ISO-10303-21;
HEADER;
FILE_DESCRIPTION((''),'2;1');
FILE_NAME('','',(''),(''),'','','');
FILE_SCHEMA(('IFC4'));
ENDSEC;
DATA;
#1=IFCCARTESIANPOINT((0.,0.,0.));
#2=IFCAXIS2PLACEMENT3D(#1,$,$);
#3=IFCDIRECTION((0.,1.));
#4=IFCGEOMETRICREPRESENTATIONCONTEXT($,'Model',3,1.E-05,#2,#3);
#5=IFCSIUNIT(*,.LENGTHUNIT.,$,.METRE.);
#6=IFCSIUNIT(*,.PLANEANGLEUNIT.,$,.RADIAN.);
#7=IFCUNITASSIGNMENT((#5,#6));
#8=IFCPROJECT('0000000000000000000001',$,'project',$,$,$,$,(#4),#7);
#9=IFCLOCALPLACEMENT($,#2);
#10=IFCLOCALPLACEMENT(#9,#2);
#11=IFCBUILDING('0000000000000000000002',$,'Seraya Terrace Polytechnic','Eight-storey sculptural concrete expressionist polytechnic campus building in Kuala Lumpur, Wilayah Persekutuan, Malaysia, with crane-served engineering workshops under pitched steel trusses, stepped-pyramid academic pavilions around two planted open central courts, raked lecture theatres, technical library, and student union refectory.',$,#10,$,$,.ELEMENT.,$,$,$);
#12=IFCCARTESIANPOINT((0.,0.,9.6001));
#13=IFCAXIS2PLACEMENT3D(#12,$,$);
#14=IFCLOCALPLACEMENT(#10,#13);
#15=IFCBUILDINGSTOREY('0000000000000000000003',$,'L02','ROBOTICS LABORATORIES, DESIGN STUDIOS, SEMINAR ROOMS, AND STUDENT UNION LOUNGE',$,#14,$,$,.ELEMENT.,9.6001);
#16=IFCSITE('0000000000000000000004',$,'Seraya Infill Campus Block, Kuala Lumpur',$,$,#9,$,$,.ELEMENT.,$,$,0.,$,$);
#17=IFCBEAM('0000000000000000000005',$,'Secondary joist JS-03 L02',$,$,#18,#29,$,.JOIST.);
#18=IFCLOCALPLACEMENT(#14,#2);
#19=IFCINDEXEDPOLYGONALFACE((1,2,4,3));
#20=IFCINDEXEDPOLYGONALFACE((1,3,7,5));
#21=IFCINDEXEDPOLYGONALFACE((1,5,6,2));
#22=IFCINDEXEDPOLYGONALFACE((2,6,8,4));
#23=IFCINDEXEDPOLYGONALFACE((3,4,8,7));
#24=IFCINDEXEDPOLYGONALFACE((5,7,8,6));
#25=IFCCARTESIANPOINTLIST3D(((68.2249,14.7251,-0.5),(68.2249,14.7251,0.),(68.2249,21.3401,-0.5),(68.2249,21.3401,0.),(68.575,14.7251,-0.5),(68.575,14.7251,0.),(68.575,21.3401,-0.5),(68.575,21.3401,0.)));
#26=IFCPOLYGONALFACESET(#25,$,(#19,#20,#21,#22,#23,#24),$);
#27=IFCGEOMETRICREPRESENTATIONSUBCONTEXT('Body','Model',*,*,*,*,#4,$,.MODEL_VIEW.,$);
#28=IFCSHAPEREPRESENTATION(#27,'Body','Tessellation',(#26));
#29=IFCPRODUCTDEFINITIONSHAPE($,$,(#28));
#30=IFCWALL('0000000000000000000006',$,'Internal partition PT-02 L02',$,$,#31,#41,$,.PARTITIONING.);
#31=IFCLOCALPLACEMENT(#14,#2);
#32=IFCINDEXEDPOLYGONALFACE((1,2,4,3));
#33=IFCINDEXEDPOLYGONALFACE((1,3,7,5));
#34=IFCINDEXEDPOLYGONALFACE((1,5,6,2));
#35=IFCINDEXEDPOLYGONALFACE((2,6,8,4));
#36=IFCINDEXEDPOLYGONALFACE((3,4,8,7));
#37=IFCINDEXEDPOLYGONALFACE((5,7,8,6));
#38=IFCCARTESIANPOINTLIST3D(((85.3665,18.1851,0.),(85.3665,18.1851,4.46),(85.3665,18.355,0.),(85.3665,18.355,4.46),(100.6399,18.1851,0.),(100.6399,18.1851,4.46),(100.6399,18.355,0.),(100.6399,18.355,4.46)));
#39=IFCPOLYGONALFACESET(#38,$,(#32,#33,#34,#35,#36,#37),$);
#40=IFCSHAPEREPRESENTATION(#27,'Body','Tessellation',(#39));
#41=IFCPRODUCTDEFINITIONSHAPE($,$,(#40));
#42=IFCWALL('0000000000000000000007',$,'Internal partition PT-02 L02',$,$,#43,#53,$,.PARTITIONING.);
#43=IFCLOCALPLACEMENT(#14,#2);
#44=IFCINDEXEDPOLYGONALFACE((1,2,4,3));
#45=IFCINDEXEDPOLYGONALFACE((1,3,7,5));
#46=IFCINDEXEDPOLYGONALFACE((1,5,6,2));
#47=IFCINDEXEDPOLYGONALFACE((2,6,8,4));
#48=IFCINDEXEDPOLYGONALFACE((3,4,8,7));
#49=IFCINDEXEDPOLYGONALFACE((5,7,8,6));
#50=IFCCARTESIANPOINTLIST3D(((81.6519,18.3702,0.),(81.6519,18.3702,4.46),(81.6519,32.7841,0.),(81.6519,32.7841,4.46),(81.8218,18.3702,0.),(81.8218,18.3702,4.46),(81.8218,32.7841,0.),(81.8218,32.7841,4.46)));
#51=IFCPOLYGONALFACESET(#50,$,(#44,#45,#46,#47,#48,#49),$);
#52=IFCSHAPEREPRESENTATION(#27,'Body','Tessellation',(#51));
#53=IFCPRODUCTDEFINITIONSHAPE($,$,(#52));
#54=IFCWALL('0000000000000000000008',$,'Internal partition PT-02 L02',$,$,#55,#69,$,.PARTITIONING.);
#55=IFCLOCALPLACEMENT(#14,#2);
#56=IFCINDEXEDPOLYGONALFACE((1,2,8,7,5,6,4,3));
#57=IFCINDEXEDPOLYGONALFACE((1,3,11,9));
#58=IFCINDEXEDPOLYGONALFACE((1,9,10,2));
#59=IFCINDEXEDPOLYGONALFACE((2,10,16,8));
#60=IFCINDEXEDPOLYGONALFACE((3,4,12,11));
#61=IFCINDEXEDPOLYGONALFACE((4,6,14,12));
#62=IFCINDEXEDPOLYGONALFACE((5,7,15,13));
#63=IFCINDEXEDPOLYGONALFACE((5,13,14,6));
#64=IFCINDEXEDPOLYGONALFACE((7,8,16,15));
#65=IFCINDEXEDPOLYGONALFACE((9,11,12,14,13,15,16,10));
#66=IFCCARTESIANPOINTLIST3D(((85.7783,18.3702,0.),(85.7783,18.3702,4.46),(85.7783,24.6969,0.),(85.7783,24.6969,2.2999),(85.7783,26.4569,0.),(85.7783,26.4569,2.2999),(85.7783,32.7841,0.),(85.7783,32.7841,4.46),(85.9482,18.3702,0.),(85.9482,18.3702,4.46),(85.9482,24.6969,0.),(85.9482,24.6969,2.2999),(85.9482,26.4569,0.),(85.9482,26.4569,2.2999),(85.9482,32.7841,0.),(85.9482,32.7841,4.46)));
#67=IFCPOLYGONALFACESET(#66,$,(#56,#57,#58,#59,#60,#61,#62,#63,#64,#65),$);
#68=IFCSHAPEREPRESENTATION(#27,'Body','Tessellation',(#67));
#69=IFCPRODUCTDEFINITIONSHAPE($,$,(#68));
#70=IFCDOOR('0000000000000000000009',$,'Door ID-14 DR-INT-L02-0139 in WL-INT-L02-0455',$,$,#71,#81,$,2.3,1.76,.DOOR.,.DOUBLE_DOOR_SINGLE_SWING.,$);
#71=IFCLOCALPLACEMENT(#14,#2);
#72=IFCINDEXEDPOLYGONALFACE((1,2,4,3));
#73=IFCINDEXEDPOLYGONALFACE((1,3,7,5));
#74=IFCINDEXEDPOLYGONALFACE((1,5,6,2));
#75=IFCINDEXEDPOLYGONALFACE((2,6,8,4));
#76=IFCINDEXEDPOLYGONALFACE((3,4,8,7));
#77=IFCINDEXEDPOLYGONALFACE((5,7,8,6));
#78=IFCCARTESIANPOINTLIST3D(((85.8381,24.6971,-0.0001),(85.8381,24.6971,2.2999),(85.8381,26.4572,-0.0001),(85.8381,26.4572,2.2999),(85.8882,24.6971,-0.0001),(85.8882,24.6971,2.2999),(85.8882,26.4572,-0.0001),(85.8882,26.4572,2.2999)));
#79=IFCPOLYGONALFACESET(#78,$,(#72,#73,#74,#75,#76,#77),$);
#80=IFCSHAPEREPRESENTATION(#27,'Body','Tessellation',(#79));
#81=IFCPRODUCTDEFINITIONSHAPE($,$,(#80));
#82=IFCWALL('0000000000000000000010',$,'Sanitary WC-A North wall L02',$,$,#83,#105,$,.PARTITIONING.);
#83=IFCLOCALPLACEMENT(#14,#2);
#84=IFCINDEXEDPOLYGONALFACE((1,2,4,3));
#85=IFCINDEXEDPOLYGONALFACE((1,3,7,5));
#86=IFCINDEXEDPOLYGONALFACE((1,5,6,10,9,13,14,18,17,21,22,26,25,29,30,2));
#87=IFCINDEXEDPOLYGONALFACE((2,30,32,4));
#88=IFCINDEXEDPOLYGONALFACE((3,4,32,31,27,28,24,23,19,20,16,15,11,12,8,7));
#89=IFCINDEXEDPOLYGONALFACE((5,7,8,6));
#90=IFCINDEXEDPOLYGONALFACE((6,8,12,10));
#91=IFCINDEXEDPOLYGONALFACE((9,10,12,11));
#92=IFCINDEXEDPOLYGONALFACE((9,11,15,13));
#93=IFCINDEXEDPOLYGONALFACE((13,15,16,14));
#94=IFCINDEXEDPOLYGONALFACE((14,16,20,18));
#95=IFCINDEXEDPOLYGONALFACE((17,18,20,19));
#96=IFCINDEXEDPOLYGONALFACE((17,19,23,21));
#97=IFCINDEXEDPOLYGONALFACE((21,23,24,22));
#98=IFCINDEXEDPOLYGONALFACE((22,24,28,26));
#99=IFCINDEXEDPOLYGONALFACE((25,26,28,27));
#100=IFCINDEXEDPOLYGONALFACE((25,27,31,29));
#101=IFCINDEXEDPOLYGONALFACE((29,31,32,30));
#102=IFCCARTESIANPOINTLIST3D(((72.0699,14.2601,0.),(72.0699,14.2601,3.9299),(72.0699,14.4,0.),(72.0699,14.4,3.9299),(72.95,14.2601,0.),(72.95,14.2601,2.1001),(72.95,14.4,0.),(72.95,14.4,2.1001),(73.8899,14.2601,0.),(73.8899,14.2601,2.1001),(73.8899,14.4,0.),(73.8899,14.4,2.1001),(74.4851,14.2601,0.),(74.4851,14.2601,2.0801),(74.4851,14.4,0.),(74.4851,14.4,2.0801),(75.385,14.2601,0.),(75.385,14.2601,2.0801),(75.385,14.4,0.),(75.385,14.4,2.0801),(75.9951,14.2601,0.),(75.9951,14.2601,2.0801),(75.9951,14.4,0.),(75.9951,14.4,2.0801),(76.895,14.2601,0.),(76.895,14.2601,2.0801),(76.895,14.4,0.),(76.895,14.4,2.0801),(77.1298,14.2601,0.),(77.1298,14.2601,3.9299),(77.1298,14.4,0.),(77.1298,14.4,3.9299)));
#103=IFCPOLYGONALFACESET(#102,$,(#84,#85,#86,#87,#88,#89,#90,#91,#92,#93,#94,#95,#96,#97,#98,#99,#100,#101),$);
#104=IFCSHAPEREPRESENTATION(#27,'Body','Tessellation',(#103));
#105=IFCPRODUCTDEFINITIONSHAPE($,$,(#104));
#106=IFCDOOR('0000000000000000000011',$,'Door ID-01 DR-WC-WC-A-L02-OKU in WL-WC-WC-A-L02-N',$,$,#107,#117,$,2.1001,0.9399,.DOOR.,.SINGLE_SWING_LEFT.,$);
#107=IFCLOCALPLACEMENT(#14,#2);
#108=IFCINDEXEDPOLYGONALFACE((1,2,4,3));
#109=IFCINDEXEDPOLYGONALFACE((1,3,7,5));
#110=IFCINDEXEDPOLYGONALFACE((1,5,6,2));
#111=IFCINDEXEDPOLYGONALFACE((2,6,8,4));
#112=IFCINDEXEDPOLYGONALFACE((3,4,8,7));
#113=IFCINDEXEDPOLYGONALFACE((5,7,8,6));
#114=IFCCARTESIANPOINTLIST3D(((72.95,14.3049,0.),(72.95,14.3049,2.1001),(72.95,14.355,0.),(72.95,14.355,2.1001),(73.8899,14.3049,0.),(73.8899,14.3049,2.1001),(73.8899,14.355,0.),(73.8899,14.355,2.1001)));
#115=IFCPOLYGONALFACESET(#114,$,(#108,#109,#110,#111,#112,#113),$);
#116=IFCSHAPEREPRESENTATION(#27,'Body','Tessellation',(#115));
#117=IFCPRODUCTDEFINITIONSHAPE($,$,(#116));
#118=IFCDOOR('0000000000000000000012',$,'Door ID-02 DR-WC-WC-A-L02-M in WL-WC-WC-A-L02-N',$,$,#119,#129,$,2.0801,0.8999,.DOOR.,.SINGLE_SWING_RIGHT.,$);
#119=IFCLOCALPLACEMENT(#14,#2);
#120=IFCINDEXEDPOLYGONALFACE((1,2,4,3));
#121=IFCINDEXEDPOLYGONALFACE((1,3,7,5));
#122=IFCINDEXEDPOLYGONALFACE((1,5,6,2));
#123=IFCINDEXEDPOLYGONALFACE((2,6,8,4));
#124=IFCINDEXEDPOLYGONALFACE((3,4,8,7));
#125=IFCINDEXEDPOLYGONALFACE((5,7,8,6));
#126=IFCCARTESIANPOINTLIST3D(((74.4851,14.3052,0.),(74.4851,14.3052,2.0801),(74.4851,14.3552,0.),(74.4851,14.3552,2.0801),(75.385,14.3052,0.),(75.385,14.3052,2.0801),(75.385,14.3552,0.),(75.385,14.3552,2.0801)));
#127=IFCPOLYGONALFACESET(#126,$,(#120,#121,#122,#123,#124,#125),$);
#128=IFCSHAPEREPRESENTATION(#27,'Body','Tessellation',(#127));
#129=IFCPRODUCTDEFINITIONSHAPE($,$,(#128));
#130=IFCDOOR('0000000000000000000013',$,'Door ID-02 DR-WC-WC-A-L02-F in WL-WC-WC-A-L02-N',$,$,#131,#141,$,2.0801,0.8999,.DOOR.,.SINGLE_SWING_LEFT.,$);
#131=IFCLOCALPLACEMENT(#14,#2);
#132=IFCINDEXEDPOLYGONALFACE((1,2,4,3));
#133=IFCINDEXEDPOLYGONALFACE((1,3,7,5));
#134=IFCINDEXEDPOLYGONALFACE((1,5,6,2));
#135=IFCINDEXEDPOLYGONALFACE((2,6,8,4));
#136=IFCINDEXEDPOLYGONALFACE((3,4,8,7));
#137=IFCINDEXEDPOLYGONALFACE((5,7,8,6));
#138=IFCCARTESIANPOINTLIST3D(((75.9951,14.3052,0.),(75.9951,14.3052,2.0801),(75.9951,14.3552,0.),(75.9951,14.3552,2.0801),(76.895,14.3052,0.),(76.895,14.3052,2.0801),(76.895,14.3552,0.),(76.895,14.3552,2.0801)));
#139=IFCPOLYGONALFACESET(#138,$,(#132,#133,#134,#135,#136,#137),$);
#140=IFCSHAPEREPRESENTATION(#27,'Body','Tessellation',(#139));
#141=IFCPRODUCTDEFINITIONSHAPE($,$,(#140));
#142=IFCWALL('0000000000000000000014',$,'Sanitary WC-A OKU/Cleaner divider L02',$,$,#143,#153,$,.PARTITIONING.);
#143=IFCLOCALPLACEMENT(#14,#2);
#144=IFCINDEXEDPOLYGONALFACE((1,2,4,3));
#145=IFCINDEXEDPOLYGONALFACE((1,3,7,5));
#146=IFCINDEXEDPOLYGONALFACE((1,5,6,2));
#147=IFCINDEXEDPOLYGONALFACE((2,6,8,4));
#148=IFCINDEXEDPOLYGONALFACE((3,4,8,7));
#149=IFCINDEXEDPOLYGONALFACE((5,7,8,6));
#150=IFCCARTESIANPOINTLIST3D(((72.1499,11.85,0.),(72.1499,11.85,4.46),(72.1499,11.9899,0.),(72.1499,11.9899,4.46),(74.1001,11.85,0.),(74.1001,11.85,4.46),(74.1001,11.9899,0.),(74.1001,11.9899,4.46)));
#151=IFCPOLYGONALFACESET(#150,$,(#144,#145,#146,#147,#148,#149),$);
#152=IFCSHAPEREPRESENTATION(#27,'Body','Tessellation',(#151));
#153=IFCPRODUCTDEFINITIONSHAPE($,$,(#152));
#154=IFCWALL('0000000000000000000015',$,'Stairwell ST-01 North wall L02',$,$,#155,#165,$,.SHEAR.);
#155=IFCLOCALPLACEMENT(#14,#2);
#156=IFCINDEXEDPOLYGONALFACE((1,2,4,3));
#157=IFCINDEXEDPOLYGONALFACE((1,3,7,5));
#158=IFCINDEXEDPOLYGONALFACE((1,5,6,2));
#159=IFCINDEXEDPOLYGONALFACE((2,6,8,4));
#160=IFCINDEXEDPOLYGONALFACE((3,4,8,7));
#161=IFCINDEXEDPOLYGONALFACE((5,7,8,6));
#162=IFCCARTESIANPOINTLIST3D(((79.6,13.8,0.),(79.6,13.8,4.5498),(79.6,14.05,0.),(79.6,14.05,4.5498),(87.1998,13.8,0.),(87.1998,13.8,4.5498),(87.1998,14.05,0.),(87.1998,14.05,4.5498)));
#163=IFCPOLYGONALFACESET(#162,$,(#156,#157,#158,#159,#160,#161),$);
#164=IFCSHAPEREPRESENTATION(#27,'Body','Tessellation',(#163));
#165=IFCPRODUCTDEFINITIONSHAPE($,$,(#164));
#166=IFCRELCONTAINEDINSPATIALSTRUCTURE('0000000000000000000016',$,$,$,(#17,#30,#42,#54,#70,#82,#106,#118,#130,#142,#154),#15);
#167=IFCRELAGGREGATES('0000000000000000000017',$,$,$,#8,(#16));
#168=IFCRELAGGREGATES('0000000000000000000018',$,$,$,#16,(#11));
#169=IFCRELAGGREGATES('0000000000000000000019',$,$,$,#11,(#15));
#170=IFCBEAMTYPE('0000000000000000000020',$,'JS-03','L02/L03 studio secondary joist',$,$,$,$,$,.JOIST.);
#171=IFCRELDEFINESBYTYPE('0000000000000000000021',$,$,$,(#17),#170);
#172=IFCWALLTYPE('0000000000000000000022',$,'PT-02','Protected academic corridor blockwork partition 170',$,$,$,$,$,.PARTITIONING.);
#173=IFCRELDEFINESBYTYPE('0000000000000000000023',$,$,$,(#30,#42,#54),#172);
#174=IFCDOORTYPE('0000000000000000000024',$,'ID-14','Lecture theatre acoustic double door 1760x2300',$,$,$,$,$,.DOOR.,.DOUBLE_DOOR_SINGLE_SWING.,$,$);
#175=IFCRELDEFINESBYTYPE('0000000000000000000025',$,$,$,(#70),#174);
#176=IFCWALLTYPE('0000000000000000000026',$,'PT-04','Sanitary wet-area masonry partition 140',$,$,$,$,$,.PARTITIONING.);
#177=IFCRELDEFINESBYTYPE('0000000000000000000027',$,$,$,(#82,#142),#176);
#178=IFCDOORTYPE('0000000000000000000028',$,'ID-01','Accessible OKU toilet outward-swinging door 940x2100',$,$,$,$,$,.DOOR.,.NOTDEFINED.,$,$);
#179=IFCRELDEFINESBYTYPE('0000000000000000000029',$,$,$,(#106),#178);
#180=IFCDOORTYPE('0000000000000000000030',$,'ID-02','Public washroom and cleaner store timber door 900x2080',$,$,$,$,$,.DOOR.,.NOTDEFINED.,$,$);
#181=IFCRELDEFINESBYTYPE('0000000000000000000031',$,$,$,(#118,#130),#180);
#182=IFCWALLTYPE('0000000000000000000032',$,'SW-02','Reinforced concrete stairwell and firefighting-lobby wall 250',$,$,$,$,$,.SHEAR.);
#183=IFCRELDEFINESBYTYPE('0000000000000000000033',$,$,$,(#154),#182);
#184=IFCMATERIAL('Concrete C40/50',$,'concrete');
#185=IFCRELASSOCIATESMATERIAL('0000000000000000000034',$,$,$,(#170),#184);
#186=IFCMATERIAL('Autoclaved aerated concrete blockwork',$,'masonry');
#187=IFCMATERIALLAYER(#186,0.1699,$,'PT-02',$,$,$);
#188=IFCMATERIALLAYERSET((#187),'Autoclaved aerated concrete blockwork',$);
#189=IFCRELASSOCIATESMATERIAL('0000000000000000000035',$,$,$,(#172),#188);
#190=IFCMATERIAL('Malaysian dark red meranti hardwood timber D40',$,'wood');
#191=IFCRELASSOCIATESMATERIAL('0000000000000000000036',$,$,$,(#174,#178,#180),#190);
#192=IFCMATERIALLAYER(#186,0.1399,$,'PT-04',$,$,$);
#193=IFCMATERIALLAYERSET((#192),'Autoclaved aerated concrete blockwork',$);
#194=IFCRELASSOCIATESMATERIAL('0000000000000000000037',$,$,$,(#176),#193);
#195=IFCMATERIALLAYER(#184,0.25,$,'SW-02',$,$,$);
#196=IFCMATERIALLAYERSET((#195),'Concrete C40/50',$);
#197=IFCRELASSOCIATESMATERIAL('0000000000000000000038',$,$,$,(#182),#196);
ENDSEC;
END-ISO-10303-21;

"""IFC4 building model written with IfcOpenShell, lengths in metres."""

from ifc_helpers import new_model, si_unit, direction, frame, frame_2d, origin, origin_2d, place, context, subcontext, project, spatial, rectangle, extrude, material, layer, layer_set, material_profile, profile_set, type_object, element, fill, save


model = new_model("IFC4")

# Units and contexts
model_context = context("Model", 3, precision=1e-05, world=origin(), true_north=direction((0.0, 1.0)))
body_context = subcontext(model_context, "Body", "Model", "MODEL_VIEW")
ifc_project = project(units=[si_unit("LENGTHUNIT", "METRE"), si_unit("PLANEANGLEUNIT", "RADIAN")], contexts=[model_context])

# Site, building, storey
site_placement = place(None, origin())
site = spatial("IfcSite", under=ifc_project, at=site_placement, Name="Seraya Infill Campus Block, Kuala Lumpur", CompositionType="ELEMENT", RefElevation=0.0)
building_placement = place(site_placement, origin())
building = spatial("IfcBuilding", under=site, at=building_placement, Name="Seraya Terrace Polytechnic", Description="Eight-storey sculptural concrete expressionist polytechnic campus building in Kuala Lumpur, Wilayah Persekutuan, Malaysia, with crane-served engineering workshops under pitched steel trusses, stepped-pyramid academic pavilions around two planted open central courts, raked lecture theatres, technical library, and student union refectory.", CompositionType="ELEMENT")
storey_placement = place(building_placement, frame((0.0, 0.0, 9.6001)))
storey = spatial("IfcBuildingStorey", under=building, at=storey_placement, Name="L02", Description="ROBOTICS LABORATORIES, DESIGN STUDIOS, SEMINAR ROOMS, AND STUDENT UNION LOUNGE", CompositionType="ELEMENT", Elevation=9.6001)

# Shared definitions
ifc_material_1 = material(Name="Concrete C40/50", Category="concrete")

# Beam
ifc_material_profile_1 = material_profile(ifc_material_1, rectangle(XDim=0.3501, YDim=0.5, at=origin_2d()), Name="RC 350x500")
ifc_profile_set_1 = profile_set([ifc_material_profile_1], Name="Concrete C40/50")
beam_type_1 = type_object("IfcBeamType", Name="JS-03", Description="L02/L03 studio secondary joist", PredefinedType="JOIST", material=ifc_profile_set_1)
beam_1_placement = place(storey_placement, frame((68.3999, 14.7251, -0.25), z_axis=(0.0, 1.0, 0.0), x_axis=(-1.0, 0.0, 0.0)))
element("IfcBeam", 1, at=beam_1_placement, inside=storey, type_object=beam_type_1, Name="Secondary joist JS-03 L02", PredefinedType="JOIST", context=body_context, shape_type="SweptSolid", body=[
    extrude(rectangle(XDim=0.3501, YDim=0.5, at=origin_2d()), origin(), (0.0, 0.0, 1.0), 6.615),
])

# Walls
ifc_material_2 = material(Name="Autoclaved aerated concrete blockwork", Category="masonry")
ifc_layer_1 = layer(ifc_material_2, 0.1699, Name="PT-02")
ifc_layer_set_1 = layer_set([ifc_layer_1], Name="Autoclaved aerated concrete blockwork")
wall_type_1 = type_object("IfcWallType", Name="PT-02", Description="Protected academic corridor blockwork partition 170", PredefinedType="PARTITIONING", material=ifc_layer_set_1)
wall_1_placement = place(storey_placement, frame((85.3665, 18.27, 0.0), z_axis=(0.0, 0.0, 1.0), x_axis=(1.0, 0.0, 0.0)))
element("IfcWall", 2, at=wall_1_placement, inside=storey, type_object=wall_type_1, Name="Internal partition PT-02 L02", PredefinedType="PARTITIONING", context=body_context, shape_type="SweptSolid", body=[
    extrude(rectangle(XDim=15.2734, YDim=0.1699, at=frame_2d((7.6367, 0.0))), origin(), (0.0, 0.0, 1.0), 4.46),
])
wall_2_placement = place(storey_placement, frame((81.7368, 18.3701, 0.0), z_axis=(0.0, 0.0, 1.0), x_axis=(0.0, 1.0, 0.0)))
element("IfcWall", 3, at=wall_2_placement, inside=storey, type_object=wall_type_1, Name="Internal partition PT-02 L02", PredefinedType="PARTITIONING", context=body_context, shape_type="SweptSolid", body=[
    extrude(rectangle(XDim=14.4138, YDim=0.1699, at=frame_2d((7.207, 0.0))), origin(), (0.0, 0.0, 1.0), 4.46),
])

# Wall, opening, door
wall_3_placement = place(storey_placement, frame((85.8633, 18.3701, 0.0), z_axis=(0.0, 0.0, 1.0), x_axis=(0.0, 1.0, 0.0)))
wall_3 = element("IfcWall", 4, at=wall_3_placement, inside=storey, type_object=wall_type_1, Name="Internal partition PT-02 L02", PredefinedType="PARTITIONING", context=body_context, shape_type="SweptSolid", body=[
    extrude(rectangle(XDim=14.4138, YDim=0.1699, at=frame_2d((7.207, 0.0))), origin(), (0.0, 0.0, 1.0), 4.46),
])
opening_1_placement = place(wall_3_placement, frame((6.3269, 0.0, 0.0)))
opening_1 = element("IfcOpeningElement", 5, at=opening_1_placement, cuts=wall_3, PredefinedType="OPENING", context=body_context, shape_type="SweptSolid", body=[
    extrude(rectangle(XDim=1.76, YDim=2.3, at=frame_2d((0.8799, 1.1499))), frame((0.0, 0.0969, 0.0), z_axis=(0.0, -1.0, 0.0), x_axis=(1.0, 0.0, 0.0)), (0.0, 0.0, 1.0), 0.1938),
])
ifc_material_3 = material(Name="Malaysian dark red meranti hardwood timber D40", Category="wood")
door_type_1 = type_object("IfcDoorType", Name="ID-14", Description="Lecture theatre acoustic double door 1760x2300", OperationType="DOUBLE_DOOR_SINGLE_SWING", PredefinedType="DOOR", material=ifc_material_3)
door_1_placement = place(opening_1_placement, frame((1.76, 0.0, 0.0), z_axis=(0.0, 0.0, 1.0), x_axis=(-1.0, 0.0, 0.0)))
door_1 = element("IfcDoor", 6, at=door_1_placement, inside=storey, type_object=door_type_1, Name="Door ID-14 DR-INT-L02-0139 in WL-INT-L02-0455", OperationType="DOUBLE_DOOR_SINGLE_SWING", OverallHeight=2.3, OverallWidth=1.76, PredefinedType="DOOR", context=body_context, shape_type="SweptSolid", body=[
    extrude(rectangle(XDim=1.76, YDim=2.3, at=frame_2d((0.8799, 1.1499))), frame((0.0, 0.0249, 0.0), z_axis=(0.0, -1.0, 0.0), x_axis=(1.0, 0.0, 0.0)), (0.0, 0.0, 1.0), 0.05),
])
fill(opening_1, door_1)

# Wall, openings, doors
ifc_layer_2 = layer(ifc_material_2, 0.1399, Name="PT-04")
ifc_layer_set_2 = layer_set([ifc_layer_2], Name="Autoclaved aerated concrete blockwork")
wall_type_2 = type_object("IfcWallType", Name="PT-04", Description="Sanitary wet-area masonry partition 140", PredefinedType="PARTITIONING", material=ifc_layer_set_2)
wall_4_placement = place(storey_placement, frame((72.0701, 14.3301, 0.0), z_axis=(0.0, 0.0, 1.0), x_axis=(1.0, 0.0, 0.0)))
wall_4 = element("IfcWall", 7, at=wall_4_placement, inside=storey, type_object=wall_type_2, Name="Sanitary WC-A North wall L02", PredefinedType="PARTITIONING", context=body_context, shape_type="SweptSolid", body=[
    extrude(rectangle(XDim=5.0598, YDim=0.1399, at=frame_2d((2.5298, 0.0))), origin(), (0.0, 0.0, 1.0), 3.9299),
])
opening_2_placement = place(wall_4_placement, frame((0.8799, 0.0, 0.0)))
opening_2 = element("IfcOpeningElement", 8, at=opening_2_placement, cuts=wall_4, PredefinedType="OPENING", context=body_context, shape_type="SweptSolid", body=[
    extrude(rectangle(XDim=0.9399, YDim=2.1001, at=frame_2d((0.47, 1.05))), frame((0.0, 0.082, 0.0), z_axis=(0.0, -1.0, 0.0), x_axis=(1.0, 0.0, 0.0)), (0.0, 0.0, 1.0), 0.1638),
])
opening_3_placement = place(wall_4_placement, frame((2.415, 0.0, 0.0)))
opening_3 = element("IfcOpeningElement", 9, at=opening_3_placement, cuts=wall_4, PredefinedType="OPENING", context=body_context, shape_type="SweptSolid", body=[
    extrude(rectangle(XDim=0.8999, YDim=2.0801, at=frame_2d((0.45, 1.04))), frame((0.0, 0.082, 0.0), z_axis=(0.0, -1.0, 0.0), x_axis=(1.0, 0.0, 0.0)), (0.0, 0.0, 1.0), 0.1638),
])
opening_4_placement = place(wall_4_placement, frame((3.925, 0.0, 0.0)))
opening_4 = element("IfcOpeningElement", 10, at=opening_4_placement, cuts=wall_4, PredefinedType="OPENING", context=body_context, shape_type="SweptSolid", body=[
    extrude(rectangle(XDim=0.8999, YDim=2.0801, at=frame_2d((0.45, 1.04))), frame((0.0, 0.082, 0.0), z_axis=(0.0, -1.0, 0.0), x_axis=(1.0, 0.0, 0.0)), (0.0, 0.0, 1.0), 0.1638),
])
door_type_2 = type_object("IfcDoorType", Name="ID-01", Description="Accessible OKU toilet outward-swinging door 940x2100", OperationType="NOTDEFINED", PredefinedType="DOOR", material=ifc_material_3)
door_2_placement = place(opening_2_placement, origin())
door_2 = element("IfcDoor", 11, at=door_2_placement, inside=storey, type_object=door_type_2, Name="Door ID-01 DR-WC-WC-A-L02-OKU in WL-WC-WC-A-L02-N", OperationType="SINGLE_SWING_LEFT", OverallHeight=2.1001, OverallWidth=0.9399, PredefinedType="DOOR", context=body_context, shape_type="SweptSolid", body=[
    extrude(rectangle(XDim=0.9399, YDim=2.1001, at=frame_2d((0.47, 1.05))), frame((0.0, 0.0249, 0.0), z_axis=(0.0, -1.0, 0.0), x_axis=(1.0, 0.0, 0.0)), (0.0, 0.0, 1.0), 0.05),
])
fill(opening_2, door_2)
door_type_3 = type_object("IfcDoorType", Name="ID-02", Description="Public washroom and cleaner store timber door 900x2080", OperationType="NOTDEFINED", PredefinedType="DOOR", material=ifc_material_3)
door_3_placement = place(opening_3_placement, frame((0.8999, 0.0, 0.0), z_axis=(0.0, 0.0, 1.0), x_axis=(-1.0, 0.0, 0.0)))
door_3 = element("IfcDoor", 12, at=door_3_placement, inside=storey, type_object=door_type_3, Name="Door ID-02 DR-WC-WC-A-L02-M in WL-WC-WC-A-L02-N", OperationType="SINGLE_SWING_RIGHT", OverallHeight=2.0801, OverallWidth=0.8999, PredefinedType="DOOR", context=body_context, shape_type="SweptSolid", body=[
    extrude(rectangle(XDim=0.8999, YDim=2.0801, at=frame_2d((0.45, 1.04))), frame((0.0, 0.0249, 0.0), z_axis=(0.0, -1.0, 0.0), x_axis=(1.0, 0.0, 0.0)), (0.0, 0.0, 1.0), 0.05),
])
fill(opening_3, door_3)
door_4_placement = place(opening_4_placement, frame((0.8999, 0.0, 0.0), z_axis=(0.0, 0.0, 1.0), x_axis=(-1.0, 0.0, 0.0)))
door_4 = element("IfcDoor", 13, at=door_4_placement, inside=storey, type_object=door_type_3, Name="Door ID-02 DR-WC-WC-A-L02-F in WL-WC-WC-A-L02-N", OperationType="SINGLE_SWING_LEFT", OverallHeight=2.0801, OverallWidth=0.8999, PredefinedType="DOOR", context=body_context, shape_type="SweptSolid", body=[
    extrude(rectangle(XDim=0.8999, YDim=2.0801, at=frame_2d((0.45, 1.04))), frame((0.0, 0.0249, 0.0), z_axis=(0.0, -1.0, 0.0), x_axis=(1.0, 0.0, 0.0)), (0.0, 0.0, 1.0), 0.05),
])
fill(opening_4, door_4)

# Walls
wall_5_placement = place(storey_placement, frame((72.1499, 11.9199, 0.0), z_axis=(0.0, 0.0, 1.0), x_axis=(1.0, 0.0, 0.0)))
element("IfcWall", 14, at=wall_5_placement, inside=storey, type_object=wall_type_2, Name="Sanitary WC-A OKU/Cleaner divider L02", PredefinedType="PARTITIONING", context=body_context, shape_type="SweptSolid", body=[
    extrude(rectangle(XDim=1.9502, YDim=0.1399, at=frame_2d((0.9751, 0.0))), origin(), (0.0, 0.0, 1.0), 4.46),
])
ifc_layer_3 = layer(ifc_material_1, 0.25, Name="SW-02")
ifc_layer_set_3 = layer_set([ifc_layer_3], Name="Concrete C40/50")
wall_type_3 = type_object("IfcWallType", Name="SW-02", Description="Reinforced concrete stairwell and firefighting-lobby wall 250", PredefinedType="SHEAR", material=ifc_layer_set_3)
wall_6_placement = place(storey_placement, frame((79.6001, 13.925, 0.0), z_axis=(0.0, 0.0, 1.0), x_axis=(1.0, 0.0, 0.0)))
element("IfcWall", 15, at=wall_6_placement, inside=storey, type_object=wall_type_3, Name="Stairwell ST-01 North wall L02", PredefinedType="SHEAR", context=body_context, shape_type="SweptSolid", body=[
    extrude(rectangle(XDim=7.5999, YDim=0.25, at=frame_2d((3.7998, 0.0))), origin(), (0.0, 0.0, 1.0), 4.5498),
])

save(model, "model.ifc")
